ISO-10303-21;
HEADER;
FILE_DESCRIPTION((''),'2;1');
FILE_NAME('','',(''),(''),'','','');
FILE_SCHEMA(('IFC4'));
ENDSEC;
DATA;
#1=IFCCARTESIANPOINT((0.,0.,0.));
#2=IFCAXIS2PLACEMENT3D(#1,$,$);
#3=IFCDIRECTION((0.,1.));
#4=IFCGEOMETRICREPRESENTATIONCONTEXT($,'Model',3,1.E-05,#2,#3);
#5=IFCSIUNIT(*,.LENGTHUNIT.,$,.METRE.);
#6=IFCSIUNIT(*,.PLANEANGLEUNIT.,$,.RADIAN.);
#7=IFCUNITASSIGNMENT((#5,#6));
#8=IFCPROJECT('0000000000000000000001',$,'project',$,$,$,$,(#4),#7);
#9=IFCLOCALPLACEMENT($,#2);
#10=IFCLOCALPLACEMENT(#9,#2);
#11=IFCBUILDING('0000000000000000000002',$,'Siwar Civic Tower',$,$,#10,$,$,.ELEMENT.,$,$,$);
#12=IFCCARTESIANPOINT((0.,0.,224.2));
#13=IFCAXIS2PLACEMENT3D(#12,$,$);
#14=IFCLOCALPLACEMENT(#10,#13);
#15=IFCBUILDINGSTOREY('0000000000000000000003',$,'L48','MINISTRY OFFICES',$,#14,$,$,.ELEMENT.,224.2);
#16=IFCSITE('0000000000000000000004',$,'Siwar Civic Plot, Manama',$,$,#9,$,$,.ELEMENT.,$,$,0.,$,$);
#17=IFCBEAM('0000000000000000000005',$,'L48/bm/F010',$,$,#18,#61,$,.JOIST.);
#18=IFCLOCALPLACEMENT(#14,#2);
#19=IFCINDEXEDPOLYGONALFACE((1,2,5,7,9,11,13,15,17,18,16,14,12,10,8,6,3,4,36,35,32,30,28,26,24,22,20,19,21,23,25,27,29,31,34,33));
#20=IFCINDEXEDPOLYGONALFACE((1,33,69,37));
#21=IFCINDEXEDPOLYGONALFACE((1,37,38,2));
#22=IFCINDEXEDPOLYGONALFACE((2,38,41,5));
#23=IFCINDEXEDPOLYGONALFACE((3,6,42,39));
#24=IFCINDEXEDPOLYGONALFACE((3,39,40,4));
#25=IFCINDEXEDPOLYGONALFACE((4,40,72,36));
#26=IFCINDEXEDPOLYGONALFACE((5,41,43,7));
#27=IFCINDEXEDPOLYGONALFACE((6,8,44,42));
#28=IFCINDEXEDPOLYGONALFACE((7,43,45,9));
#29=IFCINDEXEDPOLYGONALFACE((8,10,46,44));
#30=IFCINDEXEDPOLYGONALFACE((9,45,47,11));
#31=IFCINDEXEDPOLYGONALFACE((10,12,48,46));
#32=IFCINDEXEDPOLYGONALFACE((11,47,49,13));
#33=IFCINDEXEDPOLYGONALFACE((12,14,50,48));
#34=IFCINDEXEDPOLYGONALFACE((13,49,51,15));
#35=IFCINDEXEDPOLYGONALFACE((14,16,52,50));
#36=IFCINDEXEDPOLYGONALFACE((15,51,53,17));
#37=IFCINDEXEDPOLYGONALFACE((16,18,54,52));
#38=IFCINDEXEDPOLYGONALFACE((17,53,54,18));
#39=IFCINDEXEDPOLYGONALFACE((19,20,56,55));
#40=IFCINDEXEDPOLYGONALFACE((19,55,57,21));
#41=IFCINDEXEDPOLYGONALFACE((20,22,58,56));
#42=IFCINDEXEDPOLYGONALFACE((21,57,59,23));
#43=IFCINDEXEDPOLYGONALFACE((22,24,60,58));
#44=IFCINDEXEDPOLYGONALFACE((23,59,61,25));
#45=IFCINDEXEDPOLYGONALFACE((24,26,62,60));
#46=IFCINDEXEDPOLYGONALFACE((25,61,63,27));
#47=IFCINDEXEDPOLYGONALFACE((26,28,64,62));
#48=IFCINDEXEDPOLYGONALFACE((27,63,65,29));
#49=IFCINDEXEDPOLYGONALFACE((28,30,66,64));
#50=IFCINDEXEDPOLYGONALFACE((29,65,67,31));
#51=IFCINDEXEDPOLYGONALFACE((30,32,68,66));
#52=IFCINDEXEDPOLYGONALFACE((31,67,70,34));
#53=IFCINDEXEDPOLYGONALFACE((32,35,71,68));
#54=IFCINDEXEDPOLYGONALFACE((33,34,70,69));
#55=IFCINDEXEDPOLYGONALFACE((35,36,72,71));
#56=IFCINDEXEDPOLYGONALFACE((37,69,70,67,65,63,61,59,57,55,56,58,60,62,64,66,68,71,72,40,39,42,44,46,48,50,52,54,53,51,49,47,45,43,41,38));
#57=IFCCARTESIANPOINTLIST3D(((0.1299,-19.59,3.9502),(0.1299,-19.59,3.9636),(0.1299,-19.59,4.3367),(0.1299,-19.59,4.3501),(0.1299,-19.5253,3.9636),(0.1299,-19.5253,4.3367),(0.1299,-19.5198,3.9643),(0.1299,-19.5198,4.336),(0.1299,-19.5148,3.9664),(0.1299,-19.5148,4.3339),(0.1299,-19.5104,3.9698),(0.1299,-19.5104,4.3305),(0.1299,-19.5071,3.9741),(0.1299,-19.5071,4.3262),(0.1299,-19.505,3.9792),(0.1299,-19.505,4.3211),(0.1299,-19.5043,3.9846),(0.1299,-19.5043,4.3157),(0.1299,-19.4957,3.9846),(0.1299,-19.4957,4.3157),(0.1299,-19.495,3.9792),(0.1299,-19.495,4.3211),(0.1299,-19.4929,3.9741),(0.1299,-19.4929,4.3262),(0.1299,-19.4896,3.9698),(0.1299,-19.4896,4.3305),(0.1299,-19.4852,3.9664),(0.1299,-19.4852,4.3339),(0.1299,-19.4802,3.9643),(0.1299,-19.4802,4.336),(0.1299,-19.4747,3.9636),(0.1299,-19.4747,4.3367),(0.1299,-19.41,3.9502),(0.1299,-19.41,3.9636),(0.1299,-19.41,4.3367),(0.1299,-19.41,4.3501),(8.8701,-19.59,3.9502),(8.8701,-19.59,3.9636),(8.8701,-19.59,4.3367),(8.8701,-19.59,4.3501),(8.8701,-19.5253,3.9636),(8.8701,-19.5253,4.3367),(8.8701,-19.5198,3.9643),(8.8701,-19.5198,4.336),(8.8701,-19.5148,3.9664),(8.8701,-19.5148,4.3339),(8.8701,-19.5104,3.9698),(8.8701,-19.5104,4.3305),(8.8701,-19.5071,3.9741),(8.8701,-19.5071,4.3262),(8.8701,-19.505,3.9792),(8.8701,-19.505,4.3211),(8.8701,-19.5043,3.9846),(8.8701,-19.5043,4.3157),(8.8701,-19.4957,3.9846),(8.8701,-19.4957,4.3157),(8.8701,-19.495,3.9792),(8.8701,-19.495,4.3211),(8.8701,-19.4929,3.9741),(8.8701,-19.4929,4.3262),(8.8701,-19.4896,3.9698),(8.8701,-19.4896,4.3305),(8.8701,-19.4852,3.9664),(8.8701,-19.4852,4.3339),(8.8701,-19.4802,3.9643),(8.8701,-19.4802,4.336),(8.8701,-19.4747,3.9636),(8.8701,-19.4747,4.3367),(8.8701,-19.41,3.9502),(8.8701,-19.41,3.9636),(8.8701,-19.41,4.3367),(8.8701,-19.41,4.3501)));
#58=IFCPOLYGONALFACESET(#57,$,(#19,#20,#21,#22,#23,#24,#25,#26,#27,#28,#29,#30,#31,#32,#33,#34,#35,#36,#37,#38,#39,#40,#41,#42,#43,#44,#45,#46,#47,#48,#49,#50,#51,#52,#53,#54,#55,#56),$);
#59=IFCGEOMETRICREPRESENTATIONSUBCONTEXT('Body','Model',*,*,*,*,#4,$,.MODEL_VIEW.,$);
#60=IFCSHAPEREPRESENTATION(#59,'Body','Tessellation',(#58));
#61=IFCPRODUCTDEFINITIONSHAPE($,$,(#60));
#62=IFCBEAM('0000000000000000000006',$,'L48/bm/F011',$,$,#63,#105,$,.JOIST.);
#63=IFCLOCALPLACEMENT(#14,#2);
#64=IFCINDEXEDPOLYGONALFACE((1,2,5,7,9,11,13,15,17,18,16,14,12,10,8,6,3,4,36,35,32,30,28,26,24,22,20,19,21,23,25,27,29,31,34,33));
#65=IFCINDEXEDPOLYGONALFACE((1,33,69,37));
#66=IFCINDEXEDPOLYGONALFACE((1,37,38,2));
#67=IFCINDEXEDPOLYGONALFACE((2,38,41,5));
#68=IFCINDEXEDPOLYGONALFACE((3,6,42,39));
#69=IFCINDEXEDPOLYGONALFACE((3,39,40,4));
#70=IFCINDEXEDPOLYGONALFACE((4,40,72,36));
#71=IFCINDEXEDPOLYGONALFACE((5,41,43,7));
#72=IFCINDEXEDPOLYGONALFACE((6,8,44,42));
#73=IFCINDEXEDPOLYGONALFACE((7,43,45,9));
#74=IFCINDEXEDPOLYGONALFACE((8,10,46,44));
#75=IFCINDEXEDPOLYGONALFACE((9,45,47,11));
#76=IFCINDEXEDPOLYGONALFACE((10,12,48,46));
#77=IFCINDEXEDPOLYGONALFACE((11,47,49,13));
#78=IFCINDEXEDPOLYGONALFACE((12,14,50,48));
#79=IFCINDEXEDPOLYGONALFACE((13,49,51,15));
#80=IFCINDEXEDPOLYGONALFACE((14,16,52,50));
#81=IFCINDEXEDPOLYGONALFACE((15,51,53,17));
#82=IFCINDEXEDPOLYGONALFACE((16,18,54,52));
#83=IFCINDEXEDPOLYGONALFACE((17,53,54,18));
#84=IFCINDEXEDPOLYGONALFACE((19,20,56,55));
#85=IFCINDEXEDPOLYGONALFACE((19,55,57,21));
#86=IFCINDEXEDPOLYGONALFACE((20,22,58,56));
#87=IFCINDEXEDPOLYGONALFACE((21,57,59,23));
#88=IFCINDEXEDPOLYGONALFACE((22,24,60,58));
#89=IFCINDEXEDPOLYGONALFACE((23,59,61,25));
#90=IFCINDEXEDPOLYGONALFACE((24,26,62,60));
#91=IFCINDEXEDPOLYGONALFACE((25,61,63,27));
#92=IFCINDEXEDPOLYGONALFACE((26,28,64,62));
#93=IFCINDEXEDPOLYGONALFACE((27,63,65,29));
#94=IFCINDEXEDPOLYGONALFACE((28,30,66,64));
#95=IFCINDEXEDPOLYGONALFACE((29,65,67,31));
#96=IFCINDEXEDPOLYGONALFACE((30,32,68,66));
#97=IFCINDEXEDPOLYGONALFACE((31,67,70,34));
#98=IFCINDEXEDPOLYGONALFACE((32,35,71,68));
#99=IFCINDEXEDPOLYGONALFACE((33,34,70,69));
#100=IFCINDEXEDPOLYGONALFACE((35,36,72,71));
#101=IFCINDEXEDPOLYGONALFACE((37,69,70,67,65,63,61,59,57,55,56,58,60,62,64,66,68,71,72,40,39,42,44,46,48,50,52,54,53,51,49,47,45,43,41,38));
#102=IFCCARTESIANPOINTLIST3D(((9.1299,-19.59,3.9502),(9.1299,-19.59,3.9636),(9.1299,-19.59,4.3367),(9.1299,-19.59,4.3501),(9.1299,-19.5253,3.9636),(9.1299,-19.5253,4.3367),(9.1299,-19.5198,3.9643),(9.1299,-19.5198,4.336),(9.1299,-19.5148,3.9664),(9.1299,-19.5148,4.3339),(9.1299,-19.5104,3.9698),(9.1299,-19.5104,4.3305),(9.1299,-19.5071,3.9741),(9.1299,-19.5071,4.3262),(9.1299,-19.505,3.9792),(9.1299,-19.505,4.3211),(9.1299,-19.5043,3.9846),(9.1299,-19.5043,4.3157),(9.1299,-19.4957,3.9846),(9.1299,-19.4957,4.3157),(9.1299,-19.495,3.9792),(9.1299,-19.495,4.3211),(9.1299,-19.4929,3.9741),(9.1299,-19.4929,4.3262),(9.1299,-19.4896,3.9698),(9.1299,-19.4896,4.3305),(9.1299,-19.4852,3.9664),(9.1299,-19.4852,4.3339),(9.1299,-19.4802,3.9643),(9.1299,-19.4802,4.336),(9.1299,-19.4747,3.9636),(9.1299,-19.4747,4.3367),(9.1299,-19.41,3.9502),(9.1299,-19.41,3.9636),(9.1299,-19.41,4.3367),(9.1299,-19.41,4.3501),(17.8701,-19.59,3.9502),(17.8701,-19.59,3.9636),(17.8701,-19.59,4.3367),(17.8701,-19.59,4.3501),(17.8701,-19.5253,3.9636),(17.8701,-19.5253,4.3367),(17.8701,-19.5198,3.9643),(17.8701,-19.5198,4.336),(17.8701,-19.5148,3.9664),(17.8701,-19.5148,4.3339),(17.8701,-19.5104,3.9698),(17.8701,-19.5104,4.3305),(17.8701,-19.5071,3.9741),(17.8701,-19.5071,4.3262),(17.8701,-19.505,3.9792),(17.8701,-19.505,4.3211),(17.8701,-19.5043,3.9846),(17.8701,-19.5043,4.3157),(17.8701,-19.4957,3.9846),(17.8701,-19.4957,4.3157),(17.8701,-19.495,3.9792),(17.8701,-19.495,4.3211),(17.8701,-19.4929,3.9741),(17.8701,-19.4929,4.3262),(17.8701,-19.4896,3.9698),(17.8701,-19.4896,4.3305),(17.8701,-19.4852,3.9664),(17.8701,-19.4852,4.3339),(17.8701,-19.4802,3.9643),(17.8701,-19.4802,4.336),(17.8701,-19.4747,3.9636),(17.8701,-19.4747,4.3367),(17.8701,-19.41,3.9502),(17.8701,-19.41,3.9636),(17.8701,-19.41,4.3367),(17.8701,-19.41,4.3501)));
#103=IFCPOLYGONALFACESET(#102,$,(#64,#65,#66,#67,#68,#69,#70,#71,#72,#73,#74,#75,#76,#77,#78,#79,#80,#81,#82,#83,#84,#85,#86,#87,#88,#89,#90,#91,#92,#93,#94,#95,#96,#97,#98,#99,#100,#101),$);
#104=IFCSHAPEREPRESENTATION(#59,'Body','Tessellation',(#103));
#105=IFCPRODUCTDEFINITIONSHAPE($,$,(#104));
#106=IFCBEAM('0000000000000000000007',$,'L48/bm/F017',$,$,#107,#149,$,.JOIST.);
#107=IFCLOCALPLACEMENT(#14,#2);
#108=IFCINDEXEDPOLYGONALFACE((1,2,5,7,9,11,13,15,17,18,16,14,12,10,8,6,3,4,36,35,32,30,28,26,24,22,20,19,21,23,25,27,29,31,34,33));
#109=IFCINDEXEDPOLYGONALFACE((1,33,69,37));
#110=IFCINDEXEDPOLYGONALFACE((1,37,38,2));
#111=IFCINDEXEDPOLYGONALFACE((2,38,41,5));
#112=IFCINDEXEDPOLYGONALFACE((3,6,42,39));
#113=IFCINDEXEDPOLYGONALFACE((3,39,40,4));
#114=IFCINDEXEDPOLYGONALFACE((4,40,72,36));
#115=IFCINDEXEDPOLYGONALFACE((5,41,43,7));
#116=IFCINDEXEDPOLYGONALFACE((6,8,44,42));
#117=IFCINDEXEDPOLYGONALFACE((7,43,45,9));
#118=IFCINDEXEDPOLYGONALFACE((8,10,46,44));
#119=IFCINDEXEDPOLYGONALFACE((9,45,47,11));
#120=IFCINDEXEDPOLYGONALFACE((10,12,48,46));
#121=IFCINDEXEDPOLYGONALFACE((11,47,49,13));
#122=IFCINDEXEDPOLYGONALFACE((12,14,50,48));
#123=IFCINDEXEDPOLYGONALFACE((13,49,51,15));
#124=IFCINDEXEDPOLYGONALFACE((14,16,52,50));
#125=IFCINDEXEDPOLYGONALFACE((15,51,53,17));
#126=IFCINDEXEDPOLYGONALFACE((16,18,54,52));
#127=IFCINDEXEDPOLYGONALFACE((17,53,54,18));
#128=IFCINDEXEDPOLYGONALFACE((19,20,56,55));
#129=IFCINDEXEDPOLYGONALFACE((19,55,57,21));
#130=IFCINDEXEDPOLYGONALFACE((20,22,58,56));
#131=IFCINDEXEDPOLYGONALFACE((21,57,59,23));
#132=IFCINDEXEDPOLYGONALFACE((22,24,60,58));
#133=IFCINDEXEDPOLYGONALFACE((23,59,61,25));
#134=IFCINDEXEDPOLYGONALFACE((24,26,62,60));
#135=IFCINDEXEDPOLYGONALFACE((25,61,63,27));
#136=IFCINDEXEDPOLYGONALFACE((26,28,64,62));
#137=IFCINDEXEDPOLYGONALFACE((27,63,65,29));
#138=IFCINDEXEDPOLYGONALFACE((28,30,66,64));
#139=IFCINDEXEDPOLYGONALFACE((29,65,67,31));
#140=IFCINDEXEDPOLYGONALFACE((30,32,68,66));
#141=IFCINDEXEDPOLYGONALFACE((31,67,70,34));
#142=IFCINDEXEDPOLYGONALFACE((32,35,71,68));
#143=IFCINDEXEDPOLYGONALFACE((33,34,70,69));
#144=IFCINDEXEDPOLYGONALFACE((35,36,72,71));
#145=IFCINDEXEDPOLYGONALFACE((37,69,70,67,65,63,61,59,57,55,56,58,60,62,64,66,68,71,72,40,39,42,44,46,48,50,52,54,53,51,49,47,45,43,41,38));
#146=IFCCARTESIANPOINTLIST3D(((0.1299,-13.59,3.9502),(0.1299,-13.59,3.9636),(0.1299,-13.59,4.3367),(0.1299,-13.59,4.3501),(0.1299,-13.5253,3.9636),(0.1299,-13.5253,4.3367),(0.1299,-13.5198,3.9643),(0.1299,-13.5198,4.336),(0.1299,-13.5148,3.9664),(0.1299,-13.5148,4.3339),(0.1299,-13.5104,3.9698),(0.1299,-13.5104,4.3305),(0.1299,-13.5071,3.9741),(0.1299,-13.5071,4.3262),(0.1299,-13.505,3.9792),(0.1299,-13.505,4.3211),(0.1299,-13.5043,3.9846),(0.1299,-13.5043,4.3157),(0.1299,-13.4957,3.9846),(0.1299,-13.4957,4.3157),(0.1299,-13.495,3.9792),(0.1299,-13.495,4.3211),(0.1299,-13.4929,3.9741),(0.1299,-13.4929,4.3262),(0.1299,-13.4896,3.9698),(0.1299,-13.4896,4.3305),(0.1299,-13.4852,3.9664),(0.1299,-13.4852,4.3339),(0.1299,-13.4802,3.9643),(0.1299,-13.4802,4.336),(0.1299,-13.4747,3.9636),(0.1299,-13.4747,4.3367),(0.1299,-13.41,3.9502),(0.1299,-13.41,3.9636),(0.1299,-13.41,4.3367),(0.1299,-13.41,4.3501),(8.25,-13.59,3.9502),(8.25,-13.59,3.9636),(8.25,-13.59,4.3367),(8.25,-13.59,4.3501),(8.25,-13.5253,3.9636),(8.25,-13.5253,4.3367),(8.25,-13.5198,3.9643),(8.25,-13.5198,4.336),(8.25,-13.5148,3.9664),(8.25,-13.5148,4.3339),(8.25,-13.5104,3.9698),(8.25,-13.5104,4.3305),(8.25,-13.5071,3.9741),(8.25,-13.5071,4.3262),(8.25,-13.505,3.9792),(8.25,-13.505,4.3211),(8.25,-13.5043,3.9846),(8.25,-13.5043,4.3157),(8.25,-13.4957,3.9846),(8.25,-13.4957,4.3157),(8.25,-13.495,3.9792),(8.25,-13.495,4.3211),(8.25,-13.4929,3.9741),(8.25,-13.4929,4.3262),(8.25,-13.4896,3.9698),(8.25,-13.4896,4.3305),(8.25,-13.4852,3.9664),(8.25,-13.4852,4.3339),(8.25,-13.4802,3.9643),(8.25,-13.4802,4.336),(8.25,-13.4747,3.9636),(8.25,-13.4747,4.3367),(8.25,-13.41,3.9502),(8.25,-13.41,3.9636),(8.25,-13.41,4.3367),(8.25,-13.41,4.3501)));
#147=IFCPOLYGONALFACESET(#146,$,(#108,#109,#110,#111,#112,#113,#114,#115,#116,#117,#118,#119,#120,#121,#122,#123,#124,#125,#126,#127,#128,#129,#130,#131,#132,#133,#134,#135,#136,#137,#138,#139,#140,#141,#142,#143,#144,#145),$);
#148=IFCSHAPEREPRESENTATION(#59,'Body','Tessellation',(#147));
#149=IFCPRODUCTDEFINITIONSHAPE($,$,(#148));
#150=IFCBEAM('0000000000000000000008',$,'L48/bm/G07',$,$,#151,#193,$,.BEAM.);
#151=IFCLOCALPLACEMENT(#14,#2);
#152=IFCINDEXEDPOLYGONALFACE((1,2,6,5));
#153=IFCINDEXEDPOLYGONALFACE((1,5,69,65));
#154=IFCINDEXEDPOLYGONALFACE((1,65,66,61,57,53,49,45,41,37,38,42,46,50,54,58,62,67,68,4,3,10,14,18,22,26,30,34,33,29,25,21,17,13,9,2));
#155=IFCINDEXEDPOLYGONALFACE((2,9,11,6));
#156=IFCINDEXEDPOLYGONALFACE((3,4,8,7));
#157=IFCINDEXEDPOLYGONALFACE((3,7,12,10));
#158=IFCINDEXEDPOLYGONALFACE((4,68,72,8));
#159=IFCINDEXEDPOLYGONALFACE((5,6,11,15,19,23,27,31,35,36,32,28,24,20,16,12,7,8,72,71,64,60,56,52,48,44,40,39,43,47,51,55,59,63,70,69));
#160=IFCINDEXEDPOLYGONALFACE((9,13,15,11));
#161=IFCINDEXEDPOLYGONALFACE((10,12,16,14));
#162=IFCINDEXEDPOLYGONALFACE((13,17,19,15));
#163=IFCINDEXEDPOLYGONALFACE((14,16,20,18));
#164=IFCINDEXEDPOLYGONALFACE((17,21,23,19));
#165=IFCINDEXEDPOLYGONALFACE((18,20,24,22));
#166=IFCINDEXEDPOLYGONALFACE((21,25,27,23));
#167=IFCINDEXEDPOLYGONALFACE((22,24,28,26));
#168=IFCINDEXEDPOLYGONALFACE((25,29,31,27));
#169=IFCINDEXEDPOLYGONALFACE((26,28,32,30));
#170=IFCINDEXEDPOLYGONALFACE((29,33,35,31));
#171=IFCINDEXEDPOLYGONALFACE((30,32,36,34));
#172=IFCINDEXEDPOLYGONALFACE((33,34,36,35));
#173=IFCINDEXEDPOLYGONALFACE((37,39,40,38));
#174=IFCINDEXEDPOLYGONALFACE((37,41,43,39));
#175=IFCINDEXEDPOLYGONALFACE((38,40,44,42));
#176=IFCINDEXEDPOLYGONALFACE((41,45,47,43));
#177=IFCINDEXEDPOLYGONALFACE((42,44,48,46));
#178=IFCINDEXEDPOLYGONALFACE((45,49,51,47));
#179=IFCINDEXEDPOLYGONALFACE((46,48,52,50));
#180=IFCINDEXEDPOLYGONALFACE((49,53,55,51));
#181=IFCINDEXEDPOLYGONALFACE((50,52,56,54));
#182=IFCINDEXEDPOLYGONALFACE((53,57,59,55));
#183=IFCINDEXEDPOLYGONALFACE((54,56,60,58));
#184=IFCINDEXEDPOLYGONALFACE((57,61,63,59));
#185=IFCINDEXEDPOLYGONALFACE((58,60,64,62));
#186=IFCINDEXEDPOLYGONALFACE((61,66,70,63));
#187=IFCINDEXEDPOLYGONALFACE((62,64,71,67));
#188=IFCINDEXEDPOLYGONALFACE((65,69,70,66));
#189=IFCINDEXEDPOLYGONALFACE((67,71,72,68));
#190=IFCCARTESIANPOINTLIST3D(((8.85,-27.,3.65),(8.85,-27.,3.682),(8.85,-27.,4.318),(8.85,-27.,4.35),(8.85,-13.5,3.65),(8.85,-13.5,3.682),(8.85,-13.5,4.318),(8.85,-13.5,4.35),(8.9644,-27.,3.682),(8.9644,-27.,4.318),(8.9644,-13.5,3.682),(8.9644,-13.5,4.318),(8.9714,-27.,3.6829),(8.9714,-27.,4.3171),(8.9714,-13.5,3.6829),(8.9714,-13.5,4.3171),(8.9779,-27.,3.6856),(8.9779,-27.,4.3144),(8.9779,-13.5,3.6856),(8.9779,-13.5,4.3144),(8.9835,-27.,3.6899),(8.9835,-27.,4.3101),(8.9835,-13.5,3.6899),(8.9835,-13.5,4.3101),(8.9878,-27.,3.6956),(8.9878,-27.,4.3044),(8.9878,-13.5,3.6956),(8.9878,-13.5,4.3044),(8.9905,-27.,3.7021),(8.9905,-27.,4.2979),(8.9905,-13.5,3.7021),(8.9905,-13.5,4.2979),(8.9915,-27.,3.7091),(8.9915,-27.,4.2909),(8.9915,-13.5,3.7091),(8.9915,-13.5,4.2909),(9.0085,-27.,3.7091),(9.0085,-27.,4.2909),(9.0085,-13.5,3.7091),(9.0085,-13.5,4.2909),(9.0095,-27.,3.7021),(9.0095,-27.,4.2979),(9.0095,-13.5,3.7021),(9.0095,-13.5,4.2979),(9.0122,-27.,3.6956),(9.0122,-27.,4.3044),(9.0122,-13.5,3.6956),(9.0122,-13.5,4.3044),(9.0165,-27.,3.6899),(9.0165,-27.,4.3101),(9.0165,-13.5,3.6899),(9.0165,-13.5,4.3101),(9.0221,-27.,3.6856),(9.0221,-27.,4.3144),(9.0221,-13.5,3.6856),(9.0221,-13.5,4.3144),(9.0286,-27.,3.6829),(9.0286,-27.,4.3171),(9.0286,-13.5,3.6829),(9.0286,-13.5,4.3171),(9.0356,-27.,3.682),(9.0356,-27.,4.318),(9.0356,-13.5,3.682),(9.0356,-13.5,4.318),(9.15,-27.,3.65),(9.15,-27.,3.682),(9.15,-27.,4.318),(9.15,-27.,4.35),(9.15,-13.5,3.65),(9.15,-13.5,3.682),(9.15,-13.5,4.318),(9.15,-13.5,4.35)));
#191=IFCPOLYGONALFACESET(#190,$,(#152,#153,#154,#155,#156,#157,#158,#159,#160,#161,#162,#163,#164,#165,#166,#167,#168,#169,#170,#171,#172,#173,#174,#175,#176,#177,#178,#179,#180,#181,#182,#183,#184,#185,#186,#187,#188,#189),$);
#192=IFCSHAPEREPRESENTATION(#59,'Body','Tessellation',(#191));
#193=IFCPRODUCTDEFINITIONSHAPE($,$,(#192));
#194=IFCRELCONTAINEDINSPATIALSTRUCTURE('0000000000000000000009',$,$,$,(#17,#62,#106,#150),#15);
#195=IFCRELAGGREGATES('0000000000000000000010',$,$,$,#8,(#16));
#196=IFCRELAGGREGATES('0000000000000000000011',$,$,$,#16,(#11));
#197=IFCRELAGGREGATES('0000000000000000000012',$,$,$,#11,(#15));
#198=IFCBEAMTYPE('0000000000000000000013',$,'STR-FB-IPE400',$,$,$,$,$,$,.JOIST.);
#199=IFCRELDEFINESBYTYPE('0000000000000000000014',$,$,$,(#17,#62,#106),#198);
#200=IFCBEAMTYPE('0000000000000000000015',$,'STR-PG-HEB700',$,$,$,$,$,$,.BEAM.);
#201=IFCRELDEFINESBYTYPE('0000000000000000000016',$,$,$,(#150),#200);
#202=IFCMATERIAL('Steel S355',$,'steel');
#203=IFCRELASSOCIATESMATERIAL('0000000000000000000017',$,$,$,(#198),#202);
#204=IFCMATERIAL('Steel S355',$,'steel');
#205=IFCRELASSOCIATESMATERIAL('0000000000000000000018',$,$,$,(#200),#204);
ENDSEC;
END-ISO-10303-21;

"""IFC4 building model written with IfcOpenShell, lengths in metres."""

from ifc_helpers import new_model, si_unit, direction, frame, origin, origin_2d, place, context, subcontext, project, spatial, i_section, extrude, material, material_profile, profile_set, type_object, element, save


model = new_model("IFC4")

# Units and contexts
model_context = context("Model", 3, precision=1e-05, world=origin(), true_north=direction((0.0, 1.0)))
body_context = subcontext(model_context, "Body", "Model", "MODEL_VIEW")
ifc_project = project(units=[si_unit("LENGTHUNIT", "METRE"), si_unit("PLANEANGLEUNIT", "RADIAN")], contexts=[model_context])

# Site, building, storey
site_placement = place(None, origin())
site = spatial("IfcSite", under=ifc_project, at=site_placement, Name="Siwar Civic Plot, Manama", CompositionType="ELEMENT", RefElevation=0.0)
building_placement = place(site_placement, origin())
building = spatial("IfcBuilding", under=site, at=building_placement, Name="Siwar Civic Tower", CompositionType="ELEMENT")
storey_placement = place(building_placement, frame((0.0, 0.0, 224.2)))
storey = spatial("IfcBuildingStorey", under=building, at=storey_placement, Name="L48", Description="MINISTRY OFFICES", CompositionType="ELEMENT", Elevation=224.2)

# Beams
ifc_material_1 = material(Name="Steel S355", Category="steel")
ifc_material_profile_1 = material_profile(ifc_material_1, i_section(OverallWidth=0.1799, OverallDepth=0.3999, WebThickness=0.0085, FlangeThickness=0.0134, FilletRadius=0.021, at=origin_2d()), Name="IPE400")
ifc_profile_set_1 = profile_set([ifc_material_profile_1], Name="Steel S355")
beam_type_1 = type_object("IfcBeamType", Name="STR-FB-IPE400", PredefinedType="JOIST", material=ifc_profile_set_1)
for number, where, z_axis, x_axis, name in (
    (1, (0.1299, -19.5, 4.1501), (1.0, 0.0, 0.0), (0.0, 1.0, 0.0), "L48/bm/F010"),
    (2, (9.1299, -19.5, 4.1501), (1.0, 0.0, 0.0), (0.0, 1.0, 0.0), "L48/bm/F011"),
):
    element("IfcBeam", number, at=place(storey_placement, frame(where, z_axis=z_axis, x_axis=x_axis)), inside=storey, type_object=beam_type_1, Name=name, PredefinedType="JOIST", context=body_context, shape_type="SweptSolid", body=[
        extrude(i_section(OverallWidth=0.1799, OverallDepth=0.3999, WebThickness=0.0085, FlangeThickness=0.0134, FilletRadius=0.021, at=origin_2d()), origin(), (0.0, 0.0, 1.0), 8.7402),
    ])
beam_1_placement = place(storey_placement, frame((0.1299, -13.5, 4.1501), z_axis=(1.0, 0.0, 0.0), x_axis=(0.0, 1.0, 0.0)))
element("IfcBeam", 3, at=beam_1_placement, inside=storey, type_object=beam_type_1, Name="L48/bm/F017", PredefinedType="JOIST", context=body_context, shape_type="SweptSolid", body=[
    extrude(i_section(OverallWidth=0.1799, OverallDepth=0.3999, WebThickness=0.0085, FlangeThickness=0.0134, FilletRadius=0.021, at=origin_2d()), origin(), (0.0, 0.0, 1.0), 8.1201),
])
ifc_material_2 = material(Name="Steel S355", Category="steel")
ifc_material_profile_2 = material_profile(ifc_material_2, i_section(OverallWidth=0.3, OverallDepth=0.7, WebThickness=0.0171, FlangeThickness=0.032, FilletRadius=0.0271, at=origin_2d()), Name="HEB700")
ifc_profile_set_2 = profile_set([ifc_material_profile_2], Name="Steel S355")
beam_type_2 = type_object("IfcBeamType", Name="STR-PG-HEB700", PredefinedType="BEAM", material=ifc_profile_set_2)
beam_2_placement = place(storey_placement, frame((9.0, -27.0, 4.0), z_axis=(0.0, 1.0, 0.0), x_axis=(-1.0, 0.0, 0.0)))
element("IfcBeam", 4, at=beam_2_placement, inside=storey, type_object=beam_type_2, Name="L48/bm/G07", PredefinedType="BEAM", context=body_context, shape_type="SweptSolid", body=[
    extrude(i_section(OverallWidth=0.3, OverallDepth=0.7, WebThickness=0.0171, FlangeThickness=0.032, FilletRadius=0.0271, at=origin_2d()), origin(), (0.0, 0.0, 1.0), 13.5),
])

save(model, "model.ifc")
